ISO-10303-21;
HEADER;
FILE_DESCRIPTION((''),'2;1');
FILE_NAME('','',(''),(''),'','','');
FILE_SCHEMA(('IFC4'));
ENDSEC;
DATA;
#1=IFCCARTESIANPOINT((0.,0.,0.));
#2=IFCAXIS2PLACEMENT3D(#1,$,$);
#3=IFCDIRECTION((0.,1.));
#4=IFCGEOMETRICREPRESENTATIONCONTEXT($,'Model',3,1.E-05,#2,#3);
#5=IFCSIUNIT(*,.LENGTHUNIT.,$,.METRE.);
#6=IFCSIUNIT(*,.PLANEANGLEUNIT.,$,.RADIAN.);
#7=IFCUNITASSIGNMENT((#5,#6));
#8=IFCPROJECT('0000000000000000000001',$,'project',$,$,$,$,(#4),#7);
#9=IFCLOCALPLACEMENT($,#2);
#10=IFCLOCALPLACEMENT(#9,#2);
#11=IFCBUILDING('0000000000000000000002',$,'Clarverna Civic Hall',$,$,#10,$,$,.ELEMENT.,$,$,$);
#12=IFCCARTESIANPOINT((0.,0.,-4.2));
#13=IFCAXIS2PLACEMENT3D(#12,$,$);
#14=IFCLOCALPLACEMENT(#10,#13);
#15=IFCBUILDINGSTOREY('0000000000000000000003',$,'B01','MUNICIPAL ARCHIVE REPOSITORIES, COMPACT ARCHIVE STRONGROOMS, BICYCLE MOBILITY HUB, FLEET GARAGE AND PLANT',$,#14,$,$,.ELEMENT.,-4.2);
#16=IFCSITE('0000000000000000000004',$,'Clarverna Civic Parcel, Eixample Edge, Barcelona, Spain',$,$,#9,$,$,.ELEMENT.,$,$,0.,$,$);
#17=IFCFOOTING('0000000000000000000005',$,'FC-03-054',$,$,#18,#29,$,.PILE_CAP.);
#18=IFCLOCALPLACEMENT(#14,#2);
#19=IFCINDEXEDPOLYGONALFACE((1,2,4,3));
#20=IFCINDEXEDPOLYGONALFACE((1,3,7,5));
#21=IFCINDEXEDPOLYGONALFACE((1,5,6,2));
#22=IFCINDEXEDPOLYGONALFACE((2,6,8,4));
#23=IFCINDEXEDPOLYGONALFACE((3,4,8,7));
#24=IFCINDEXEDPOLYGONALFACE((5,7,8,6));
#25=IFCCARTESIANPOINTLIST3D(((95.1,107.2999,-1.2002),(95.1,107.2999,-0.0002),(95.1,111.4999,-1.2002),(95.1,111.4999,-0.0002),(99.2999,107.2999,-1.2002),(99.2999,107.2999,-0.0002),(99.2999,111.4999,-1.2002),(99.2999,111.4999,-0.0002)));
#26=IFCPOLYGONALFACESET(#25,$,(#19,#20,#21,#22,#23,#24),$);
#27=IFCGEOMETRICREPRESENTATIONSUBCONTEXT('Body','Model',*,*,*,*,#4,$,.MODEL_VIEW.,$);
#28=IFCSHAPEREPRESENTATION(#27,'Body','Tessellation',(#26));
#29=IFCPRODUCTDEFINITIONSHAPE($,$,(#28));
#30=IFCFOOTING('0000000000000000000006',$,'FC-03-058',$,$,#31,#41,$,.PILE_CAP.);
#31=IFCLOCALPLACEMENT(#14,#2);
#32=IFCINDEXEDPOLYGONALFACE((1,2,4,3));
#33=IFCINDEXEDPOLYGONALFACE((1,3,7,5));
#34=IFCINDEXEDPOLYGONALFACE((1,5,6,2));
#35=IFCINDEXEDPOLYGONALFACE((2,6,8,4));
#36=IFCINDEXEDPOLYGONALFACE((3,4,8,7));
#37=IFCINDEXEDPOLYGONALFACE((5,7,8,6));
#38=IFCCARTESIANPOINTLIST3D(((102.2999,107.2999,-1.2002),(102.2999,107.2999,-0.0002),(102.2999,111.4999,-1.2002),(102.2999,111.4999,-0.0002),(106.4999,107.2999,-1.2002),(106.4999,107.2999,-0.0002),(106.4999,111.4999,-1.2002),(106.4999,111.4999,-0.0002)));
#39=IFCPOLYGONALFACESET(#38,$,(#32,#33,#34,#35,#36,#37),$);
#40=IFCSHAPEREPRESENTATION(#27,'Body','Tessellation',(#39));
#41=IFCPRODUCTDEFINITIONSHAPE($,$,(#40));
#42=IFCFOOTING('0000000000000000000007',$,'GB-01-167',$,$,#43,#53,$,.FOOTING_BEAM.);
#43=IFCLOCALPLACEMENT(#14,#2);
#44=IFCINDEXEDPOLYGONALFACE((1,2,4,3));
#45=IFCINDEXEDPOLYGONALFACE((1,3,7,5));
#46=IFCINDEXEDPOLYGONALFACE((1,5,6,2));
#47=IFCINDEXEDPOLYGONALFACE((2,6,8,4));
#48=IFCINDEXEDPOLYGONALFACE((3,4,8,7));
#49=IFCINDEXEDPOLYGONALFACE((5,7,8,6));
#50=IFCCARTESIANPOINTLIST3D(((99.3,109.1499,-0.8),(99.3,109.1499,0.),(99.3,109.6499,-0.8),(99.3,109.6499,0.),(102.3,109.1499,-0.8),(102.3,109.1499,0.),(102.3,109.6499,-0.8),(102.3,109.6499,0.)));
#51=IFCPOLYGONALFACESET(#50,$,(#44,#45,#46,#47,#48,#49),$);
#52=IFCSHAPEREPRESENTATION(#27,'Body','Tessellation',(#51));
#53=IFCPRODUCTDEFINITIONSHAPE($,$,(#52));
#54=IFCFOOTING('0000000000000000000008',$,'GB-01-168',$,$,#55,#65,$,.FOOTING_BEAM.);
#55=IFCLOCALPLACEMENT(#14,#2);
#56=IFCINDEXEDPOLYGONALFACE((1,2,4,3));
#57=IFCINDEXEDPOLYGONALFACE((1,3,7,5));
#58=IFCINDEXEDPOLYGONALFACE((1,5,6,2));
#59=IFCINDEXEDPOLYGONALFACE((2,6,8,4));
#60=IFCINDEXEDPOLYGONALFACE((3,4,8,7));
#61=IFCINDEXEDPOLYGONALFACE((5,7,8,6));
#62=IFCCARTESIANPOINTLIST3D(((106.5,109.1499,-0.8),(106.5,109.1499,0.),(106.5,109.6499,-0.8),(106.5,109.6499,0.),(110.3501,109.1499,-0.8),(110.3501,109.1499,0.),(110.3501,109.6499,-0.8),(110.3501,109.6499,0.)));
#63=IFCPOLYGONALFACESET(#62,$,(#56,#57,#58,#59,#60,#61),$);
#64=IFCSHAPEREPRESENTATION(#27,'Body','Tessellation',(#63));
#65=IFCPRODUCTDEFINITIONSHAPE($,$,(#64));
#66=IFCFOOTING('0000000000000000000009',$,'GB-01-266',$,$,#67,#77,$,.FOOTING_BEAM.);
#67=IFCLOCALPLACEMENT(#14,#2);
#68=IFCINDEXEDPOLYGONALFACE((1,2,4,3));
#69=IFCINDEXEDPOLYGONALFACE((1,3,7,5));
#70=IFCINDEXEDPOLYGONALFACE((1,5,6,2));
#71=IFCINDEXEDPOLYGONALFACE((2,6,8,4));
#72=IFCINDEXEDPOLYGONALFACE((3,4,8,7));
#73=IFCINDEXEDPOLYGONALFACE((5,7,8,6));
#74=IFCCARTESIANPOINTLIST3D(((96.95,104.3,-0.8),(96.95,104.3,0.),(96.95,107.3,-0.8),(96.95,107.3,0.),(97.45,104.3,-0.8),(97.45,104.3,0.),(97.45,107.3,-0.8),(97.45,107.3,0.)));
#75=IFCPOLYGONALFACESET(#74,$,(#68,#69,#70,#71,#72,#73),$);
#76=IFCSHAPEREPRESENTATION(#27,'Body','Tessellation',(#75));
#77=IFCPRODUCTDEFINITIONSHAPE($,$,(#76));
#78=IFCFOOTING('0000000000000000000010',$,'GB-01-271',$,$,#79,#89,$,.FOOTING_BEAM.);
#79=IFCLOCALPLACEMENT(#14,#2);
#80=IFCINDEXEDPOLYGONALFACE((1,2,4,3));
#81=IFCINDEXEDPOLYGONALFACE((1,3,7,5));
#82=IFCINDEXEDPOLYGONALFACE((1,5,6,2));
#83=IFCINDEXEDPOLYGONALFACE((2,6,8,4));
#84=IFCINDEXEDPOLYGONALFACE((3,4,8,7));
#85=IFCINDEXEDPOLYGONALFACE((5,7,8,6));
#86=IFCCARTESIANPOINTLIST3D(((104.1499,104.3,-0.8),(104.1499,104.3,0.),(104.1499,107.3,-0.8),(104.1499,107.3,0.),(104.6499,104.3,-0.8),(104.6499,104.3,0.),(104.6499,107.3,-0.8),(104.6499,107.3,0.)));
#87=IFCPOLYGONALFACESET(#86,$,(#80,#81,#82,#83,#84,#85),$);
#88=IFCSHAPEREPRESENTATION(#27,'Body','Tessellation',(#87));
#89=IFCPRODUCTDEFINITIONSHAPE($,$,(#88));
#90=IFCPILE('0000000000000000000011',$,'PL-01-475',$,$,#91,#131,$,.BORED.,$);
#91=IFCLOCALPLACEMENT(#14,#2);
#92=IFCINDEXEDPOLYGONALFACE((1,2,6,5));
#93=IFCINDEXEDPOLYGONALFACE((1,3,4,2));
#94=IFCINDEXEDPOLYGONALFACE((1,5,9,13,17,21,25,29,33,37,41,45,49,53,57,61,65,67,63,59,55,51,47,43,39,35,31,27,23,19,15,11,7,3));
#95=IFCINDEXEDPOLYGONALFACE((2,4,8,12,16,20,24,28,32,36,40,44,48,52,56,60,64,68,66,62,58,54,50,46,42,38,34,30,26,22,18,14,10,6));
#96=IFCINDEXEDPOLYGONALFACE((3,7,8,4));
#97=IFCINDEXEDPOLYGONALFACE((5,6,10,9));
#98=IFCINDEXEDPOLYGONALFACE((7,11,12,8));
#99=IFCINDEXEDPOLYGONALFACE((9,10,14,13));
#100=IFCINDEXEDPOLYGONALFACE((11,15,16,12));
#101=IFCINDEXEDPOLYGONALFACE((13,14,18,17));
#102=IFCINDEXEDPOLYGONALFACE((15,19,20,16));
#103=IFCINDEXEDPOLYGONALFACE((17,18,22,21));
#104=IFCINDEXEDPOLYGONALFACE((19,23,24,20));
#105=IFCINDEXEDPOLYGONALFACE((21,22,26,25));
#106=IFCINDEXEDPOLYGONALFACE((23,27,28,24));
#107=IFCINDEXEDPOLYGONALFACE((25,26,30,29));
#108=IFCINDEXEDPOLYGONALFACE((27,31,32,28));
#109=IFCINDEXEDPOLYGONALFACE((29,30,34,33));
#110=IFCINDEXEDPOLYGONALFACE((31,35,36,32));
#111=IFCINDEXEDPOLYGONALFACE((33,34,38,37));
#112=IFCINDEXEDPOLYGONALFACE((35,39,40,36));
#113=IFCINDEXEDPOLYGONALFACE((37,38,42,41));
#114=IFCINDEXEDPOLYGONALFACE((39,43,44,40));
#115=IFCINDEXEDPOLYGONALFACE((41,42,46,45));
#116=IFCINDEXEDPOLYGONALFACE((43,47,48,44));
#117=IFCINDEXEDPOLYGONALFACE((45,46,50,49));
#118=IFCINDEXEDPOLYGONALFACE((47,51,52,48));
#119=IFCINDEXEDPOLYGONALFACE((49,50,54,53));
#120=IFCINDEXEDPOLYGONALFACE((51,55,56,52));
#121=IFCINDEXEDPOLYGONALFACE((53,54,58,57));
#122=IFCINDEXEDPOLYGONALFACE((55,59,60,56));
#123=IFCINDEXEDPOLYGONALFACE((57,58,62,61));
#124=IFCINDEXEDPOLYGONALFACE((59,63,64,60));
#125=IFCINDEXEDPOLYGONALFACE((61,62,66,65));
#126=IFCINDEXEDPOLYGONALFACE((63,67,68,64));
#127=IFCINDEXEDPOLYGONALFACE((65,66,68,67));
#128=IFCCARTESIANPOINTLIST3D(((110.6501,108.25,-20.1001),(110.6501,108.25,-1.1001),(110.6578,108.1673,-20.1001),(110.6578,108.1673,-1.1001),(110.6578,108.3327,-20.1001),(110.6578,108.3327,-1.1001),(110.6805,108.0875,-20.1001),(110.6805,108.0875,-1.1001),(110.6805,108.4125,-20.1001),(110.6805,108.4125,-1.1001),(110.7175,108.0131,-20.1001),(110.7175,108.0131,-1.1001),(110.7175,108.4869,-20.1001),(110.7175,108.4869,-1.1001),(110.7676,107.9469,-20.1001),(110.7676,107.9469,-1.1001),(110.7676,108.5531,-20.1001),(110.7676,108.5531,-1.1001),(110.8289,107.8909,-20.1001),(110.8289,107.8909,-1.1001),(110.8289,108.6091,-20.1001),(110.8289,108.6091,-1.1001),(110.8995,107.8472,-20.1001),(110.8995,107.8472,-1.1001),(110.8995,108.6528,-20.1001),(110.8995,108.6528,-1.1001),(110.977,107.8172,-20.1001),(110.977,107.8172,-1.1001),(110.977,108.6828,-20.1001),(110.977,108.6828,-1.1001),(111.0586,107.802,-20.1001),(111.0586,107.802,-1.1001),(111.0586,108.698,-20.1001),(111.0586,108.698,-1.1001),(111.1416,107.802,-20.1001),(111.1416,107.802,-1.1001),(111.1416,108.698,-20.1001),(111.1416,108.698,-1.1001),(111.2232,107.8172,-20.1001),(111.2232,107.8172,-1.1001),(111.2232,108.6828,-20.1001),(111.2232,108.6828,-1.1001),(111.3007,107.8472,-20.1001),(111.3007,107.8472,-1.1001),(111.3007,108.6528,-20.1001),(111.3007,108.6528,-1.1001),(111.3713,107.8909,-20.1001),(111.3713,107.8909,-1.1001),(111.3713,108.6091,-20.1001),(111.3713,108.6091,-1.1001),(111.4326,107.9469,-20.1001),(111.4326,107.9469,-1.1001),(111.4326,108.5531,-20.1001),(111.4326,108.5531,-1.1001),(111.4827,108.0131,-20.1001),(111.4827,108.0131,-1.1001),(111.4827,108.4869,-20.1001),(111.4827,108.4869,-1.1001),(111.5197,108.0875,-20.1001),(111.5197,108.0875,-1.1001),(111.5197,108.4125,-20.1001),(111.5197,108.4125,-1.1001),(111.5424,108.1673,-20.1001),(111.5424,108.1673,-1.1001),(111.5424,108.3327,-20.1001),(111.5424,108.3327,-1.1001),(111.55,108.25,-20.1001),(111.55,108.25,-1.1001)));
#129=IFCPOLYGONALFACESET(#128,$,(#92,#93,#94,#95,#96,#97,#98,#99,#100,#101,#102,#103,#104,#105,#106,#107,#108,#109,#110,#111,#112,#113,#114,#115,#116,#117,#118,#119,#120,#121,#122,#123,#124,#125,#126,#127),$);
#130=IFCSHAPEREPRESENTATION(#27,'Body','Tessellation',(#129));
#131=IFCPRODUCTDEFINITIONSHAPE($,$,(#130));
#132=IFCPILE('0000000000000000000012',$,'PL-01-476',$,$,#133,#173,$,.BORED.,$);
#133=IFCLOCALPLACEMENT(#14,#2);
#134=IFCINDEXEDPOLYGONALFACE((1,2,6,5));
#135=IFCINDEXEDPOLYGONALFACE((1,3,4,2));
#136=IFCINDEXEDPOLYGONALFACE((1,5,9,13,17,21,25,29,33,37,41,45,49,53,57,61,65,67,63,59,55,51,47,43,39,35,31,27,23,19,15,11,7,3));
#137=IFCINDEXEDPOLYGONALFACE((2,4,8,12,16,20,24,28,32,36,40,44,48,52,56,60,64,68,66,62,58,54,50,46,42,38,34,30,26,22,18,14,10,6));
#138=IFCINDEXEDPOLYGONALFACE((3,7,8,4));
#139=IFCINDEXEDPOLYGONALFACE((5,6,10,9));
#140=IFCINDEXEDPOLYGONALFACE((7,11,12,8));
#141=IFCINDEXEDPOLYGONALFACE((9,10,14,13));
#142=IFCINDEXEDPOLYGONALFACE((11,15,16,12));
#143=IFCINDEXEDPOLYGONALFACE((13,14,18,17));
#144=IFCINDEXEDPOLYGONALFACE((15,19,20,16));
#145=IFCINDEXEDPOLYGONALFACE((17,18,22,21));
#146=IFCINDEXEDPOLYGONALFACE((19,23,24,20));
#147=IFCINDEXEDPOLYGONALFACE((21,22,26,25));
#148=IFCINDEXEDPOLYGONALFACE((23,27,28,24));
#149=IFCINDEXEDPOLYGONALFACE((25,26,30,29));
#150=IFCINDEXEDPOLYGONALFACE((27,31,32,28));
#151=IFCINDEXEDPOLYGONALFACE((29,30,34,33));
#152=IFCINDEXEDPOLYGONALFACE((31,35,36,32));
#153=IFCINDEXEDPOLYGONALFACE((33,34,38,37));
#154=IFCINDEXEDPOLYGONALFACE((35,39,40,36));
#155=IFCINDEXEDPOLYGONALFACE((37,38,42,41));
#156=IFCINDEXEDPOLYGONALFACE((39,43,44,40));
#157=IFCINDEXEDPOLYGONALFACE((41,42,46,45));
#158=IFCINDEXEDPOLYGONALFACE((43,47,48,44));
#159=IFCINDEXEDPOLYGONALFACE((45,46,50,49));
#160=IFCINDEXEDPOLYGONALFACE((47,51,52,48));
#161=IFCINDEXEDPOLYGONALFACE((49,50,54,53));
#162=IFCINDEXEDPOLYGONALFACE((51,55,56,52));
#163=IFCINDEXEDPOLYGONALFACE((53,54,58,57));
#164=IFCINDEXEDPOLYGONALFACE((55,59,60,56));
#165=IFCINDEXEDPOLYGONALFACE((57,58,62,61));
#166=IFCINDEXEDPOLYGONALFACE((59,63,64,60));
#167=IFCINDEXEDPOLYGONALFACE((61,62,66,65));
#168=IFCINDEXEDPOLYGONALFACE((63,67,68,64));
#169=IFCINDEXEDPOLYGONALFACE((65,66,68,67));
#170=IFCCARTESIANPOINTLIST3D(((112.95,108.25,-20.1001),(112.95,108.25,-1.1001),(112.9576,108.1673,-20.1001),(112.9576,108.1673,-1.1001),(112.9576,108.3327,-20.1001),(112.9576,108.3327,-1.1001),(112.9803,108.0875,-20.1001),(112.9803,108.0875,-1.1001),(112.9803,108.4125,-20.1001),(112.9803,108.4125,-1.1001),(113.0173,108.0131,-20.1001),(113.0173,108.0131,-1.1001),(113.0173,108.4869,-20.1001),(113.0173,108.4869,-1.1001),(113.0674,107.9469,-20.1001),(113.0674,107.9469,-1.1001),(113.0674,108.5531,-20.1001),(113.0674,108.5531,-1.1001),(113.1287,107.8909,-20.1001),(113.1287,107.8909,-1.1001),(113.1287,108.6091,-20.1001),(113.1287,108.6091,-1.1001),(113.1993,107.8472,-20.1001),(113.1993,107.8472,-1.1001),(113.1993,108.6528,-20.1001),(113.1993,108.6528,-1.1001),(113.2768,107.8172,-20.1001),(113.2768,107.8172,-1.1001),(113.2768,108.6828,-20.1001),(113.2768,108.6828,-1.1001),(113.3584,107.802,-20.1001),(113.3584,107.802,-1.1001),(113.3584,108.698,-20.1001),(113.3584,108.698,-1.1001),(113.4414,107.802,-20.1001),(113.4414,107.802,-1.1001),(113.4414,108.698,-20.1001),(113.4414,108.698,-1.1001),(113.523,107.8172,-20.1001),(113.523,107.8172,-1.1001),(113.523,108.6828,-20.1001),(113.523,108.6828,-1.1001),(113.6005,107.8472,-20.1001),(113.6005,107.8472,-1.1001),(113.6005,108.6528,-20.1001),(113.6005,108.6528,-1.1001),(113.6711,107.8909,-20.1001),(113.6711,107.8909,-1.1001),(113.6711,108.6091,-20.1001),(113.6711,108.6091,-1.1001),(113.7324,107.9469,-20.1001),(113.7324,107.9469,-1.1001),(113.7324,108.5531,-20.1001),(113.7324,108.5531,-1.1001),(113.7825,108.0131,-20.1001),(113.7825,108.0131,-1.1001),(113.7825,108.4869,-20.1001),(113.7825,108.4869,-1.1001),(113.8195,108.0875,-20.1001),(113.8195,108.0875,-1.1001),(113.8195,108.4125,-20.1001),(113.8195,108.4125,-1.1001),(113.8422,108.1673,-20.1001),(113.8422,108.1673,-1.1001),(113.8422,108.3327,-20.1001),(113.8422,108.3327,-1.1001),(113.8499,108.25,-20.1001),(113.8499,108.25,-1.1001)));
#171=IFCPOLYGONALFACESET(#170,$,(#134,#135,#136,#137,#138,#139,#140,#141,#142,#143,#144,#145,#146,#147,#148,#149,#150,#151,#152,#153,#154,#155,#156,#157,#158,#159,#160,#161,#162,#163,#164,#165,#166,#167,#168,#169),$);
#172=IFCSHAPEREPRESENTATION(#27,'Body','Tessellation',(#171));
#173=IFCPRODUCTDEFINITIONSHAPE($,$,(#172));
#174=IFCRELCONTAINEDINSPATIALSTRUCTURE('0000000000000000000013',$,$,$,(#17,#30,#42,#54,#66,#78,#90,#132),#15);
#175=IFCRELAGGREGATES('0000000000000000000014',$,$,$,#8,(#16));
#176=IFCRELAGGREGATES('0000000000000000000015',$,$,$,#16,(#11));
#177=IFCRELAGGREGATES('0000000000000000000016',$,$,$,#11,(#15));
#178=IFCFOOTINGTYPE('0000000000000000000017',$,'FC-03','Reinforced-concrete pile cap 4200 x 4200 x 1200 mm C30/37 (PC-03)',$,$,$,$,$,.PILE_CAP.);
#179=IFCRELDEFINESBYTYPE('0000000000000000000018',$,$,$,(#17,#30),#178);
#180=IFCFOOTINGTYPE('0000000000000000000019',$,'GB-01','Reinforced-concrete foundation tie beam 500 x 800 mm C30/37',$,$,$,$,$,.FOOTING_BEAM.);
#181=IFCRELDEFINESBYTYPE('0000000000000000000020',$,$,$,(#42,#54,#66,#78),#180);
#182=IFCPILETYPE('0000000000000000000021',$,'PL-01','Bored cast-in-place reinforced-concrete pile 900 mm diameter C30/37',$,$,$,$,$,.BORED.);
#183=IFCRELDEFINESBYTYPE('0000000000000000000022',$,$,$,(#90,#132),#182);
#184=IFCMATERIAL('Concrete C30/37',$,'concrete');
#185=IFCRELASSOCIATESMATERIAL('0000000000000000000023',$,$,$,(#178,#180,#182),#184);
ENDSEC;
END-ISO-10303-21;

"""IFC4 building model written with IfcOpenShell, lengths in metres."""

from ifc_helpers import new_model, si_unit, direction, frame, frame_2d, origin, origin_2d, place, context, subcontext, project, spatial, rectangle, circle, extrude, material, material_profile, profile_set, type_object, element, save


model = new_model("IFC4")

# Units and contexts
model_context = context("Model", 3, precision=1e-05, world=origin(), true_north=direction((0.0, 1.0)))
body_context = subcontext(model_context, "Body", "Model", "MODEL_VIEW")
ifc_project = project(units=[si_unit("LENGTHUNIT", "METRE"), si_unit("PLANEANGLEUNIT", "RADIAN")], contexts=[model_context])

# Site, building, storey
site_placement = place(None, origin())
site = spatial("IfcSite", under=ifc_project, at=site_placement, Name="Clarverna Civic Parcel, Eixample Edge, Barcelona, Spain", CompositionType="ELEMENT", RefElevation=0.0)
building_placement = place(site_placement, origin())
building = spatial("IfcBuilding", under=site, at=building_placement, Name="Clarverna Civic Hall", CompositionType="ELEMENT")
storey_placement = place(building_placement, frame((0.0, 0.0, -4.2)))
storey = spatial("IfcBuildingStorey", under=building, at=storey_placement, Name="B01", Description="MUNICIPAL ARCHIVE REPOSITORIES, COMPACT ARCHIVE STRONGROOMS, BICYCLE MOBILITY HUB, FLEET GARAGE AND PLANT", CompositionType="ELEMENT", Elevation=-4.2)

# Footings
ifc_material_1 = material(Name="Concrete C30/37", Category="concrete")
footing_type_1 = type_object("IfcFootingType", Name="FC-03", Description="Reinforced-concrete pile cap 4200 x 4200 x 1200 mm C30/37 (PC-03)", PredefinedType="PILE_CAP", material=ifc_material_1)
for number, where, z_axis, x_axis, name in (
    (1, (97.2, 109.3999, -1.2002), (0.0, 0.0, 1.0), (1.0, 0.0, 0.0), "FC-03-054"),
    (2, (104.3999, 109.3999, -1.2002), (0.0, 0.0, 1.0), (1.0, 0.0, 0.0), "FC-03-058"),
):
    element("IfcFooting", number, at=place(storey_placement, frame(where, z_axis=z_axis, x_axis=x_axis)), inside=storey, type_object=footing_type_1, Name=name, PredefinedType="PILE_CAP", context=body_context, shape_type="SweptSolid", body=[
        extrude(rectangle(XDim=4.2, YDim=4.2, at=origin_2d()), origin(), (0.0, 0.0, 1.0), 1.2),
    ])
footing_type_2 = type_object("IfcFootingType", Name="GB-01", Description="Reinforced-concrete foundation tie beam 500 x 800 mm C30/37", PredefinedType="FOOTING_BEAM", material=ifc_material_1)
footing_1_placement = place(storey_placement, frame((99.3, 109.3999, -0.8), z_axis=(0.0, 0.0, 1.0), x_axis=(1.0, 0.0, 0.0)))
element("IfcFooting", 3, at=footing_1_placement, inside=storey, type_object=footing_type_2, Name="GB-01-167", PredefinedType="FOOTING_BEAM", context=body_context, shape_type="SweptSolid", body=[
    extrude(rectangle(XDim=3.0, YDim=0.5, at=frame_2d((1.5, 0.0))), origin(), (0.0, 0.0, 1.0), 0.8),
])
footing_2_placement = place(storey_placement, frame((106.5, 109.3999, -0.8), z_axis=(0.0, 0.0, 1.0), x_axis=(1.0, 0.0, 0.0)))
element("IfcFooting", 4, at=footing_2_placement, inside=storey, type_object=footing_type_2, Name="GB-01-168", PredefinedType="FOOTING_BEAM", context=body_context, shape_type="SweptSolid", body=[
    extrude(rectangle(XDim=3.8501, YDim=0.5, at=frame_2d((1.925, 0.0))), origin(), (0.0, 0.0, 1.0), 0.8),
])
for number, where, z_axis, x_axis, name in (
    (5, (97.2, 104.3, -0.8), (0.0, 0.0, 1.0), (0.0, 1.0, 0.0), "GB-01-266"),
    (6, (104.3999, 104.3, -0.8), (0.0, 0.0, 1.0), (0.0, 1.0, 0.0), "GB-01-271"),
):
    element("IfcFooting", number, at=place(storey_placement, frame(where, z_axis=z_axis, x_axis=x_axis)), inside=storey, type_object=footing_type_2, Name=name, PredefinedType="FOOTING_BEAM", context=body_context, shape_type="SweptSolid", body=[
        extrude(rectangle(XDim=3.0, YDim=0.5, at=frame_2d((1.5, 0.0))), origin(), (0.0, 0.0, 1.0), 0.8),
    ])

# Piles
ifc_material_profile_1 = material_profile(ifc_material_1, circle(Radius=0.45, at=origin_2d()), Name="BORED PILE D900")
ifc_profile_set_1 = profile_set([ifc_material_profile_1], Name="Concrete C30/37")
pile_type_1 = type_object("IfcPileType", Name="PL-01", Description="Bored cast-in-place reinforced-concrete pile 900 mm diameter C30/37", PredefinedType="BORED", material=ifc_profile_set_1)
for number, where, z_axis, x_axis, name in (
    (7, (111.1001, 108.25, -1.1001), (0.0, 0.0, -1.0), (1.0, 0.0, 0.0), "PL-01-475"),
    (8, (113.3999, 108.25, -1.1001), (0.0, 0.0, -1.0), (1.0, 0.0, 0.0), "PL-01-476"),
):
    element("IfcPile", number, at=place(storey_placement, frame(where, z_axis=z_axis, x_axis=x_axis)), inside=storey, type_object=pile_type_1, Name=name, PredefinedType="BORED", context=body_context, shape_type="SweptSolid", body=[
        extrude(circle(Radius=0.45, at=origin_2d()), origin(), (0.0, 0.0, 1.0), 19.0),
    ])

save(model, "model.ifc")
